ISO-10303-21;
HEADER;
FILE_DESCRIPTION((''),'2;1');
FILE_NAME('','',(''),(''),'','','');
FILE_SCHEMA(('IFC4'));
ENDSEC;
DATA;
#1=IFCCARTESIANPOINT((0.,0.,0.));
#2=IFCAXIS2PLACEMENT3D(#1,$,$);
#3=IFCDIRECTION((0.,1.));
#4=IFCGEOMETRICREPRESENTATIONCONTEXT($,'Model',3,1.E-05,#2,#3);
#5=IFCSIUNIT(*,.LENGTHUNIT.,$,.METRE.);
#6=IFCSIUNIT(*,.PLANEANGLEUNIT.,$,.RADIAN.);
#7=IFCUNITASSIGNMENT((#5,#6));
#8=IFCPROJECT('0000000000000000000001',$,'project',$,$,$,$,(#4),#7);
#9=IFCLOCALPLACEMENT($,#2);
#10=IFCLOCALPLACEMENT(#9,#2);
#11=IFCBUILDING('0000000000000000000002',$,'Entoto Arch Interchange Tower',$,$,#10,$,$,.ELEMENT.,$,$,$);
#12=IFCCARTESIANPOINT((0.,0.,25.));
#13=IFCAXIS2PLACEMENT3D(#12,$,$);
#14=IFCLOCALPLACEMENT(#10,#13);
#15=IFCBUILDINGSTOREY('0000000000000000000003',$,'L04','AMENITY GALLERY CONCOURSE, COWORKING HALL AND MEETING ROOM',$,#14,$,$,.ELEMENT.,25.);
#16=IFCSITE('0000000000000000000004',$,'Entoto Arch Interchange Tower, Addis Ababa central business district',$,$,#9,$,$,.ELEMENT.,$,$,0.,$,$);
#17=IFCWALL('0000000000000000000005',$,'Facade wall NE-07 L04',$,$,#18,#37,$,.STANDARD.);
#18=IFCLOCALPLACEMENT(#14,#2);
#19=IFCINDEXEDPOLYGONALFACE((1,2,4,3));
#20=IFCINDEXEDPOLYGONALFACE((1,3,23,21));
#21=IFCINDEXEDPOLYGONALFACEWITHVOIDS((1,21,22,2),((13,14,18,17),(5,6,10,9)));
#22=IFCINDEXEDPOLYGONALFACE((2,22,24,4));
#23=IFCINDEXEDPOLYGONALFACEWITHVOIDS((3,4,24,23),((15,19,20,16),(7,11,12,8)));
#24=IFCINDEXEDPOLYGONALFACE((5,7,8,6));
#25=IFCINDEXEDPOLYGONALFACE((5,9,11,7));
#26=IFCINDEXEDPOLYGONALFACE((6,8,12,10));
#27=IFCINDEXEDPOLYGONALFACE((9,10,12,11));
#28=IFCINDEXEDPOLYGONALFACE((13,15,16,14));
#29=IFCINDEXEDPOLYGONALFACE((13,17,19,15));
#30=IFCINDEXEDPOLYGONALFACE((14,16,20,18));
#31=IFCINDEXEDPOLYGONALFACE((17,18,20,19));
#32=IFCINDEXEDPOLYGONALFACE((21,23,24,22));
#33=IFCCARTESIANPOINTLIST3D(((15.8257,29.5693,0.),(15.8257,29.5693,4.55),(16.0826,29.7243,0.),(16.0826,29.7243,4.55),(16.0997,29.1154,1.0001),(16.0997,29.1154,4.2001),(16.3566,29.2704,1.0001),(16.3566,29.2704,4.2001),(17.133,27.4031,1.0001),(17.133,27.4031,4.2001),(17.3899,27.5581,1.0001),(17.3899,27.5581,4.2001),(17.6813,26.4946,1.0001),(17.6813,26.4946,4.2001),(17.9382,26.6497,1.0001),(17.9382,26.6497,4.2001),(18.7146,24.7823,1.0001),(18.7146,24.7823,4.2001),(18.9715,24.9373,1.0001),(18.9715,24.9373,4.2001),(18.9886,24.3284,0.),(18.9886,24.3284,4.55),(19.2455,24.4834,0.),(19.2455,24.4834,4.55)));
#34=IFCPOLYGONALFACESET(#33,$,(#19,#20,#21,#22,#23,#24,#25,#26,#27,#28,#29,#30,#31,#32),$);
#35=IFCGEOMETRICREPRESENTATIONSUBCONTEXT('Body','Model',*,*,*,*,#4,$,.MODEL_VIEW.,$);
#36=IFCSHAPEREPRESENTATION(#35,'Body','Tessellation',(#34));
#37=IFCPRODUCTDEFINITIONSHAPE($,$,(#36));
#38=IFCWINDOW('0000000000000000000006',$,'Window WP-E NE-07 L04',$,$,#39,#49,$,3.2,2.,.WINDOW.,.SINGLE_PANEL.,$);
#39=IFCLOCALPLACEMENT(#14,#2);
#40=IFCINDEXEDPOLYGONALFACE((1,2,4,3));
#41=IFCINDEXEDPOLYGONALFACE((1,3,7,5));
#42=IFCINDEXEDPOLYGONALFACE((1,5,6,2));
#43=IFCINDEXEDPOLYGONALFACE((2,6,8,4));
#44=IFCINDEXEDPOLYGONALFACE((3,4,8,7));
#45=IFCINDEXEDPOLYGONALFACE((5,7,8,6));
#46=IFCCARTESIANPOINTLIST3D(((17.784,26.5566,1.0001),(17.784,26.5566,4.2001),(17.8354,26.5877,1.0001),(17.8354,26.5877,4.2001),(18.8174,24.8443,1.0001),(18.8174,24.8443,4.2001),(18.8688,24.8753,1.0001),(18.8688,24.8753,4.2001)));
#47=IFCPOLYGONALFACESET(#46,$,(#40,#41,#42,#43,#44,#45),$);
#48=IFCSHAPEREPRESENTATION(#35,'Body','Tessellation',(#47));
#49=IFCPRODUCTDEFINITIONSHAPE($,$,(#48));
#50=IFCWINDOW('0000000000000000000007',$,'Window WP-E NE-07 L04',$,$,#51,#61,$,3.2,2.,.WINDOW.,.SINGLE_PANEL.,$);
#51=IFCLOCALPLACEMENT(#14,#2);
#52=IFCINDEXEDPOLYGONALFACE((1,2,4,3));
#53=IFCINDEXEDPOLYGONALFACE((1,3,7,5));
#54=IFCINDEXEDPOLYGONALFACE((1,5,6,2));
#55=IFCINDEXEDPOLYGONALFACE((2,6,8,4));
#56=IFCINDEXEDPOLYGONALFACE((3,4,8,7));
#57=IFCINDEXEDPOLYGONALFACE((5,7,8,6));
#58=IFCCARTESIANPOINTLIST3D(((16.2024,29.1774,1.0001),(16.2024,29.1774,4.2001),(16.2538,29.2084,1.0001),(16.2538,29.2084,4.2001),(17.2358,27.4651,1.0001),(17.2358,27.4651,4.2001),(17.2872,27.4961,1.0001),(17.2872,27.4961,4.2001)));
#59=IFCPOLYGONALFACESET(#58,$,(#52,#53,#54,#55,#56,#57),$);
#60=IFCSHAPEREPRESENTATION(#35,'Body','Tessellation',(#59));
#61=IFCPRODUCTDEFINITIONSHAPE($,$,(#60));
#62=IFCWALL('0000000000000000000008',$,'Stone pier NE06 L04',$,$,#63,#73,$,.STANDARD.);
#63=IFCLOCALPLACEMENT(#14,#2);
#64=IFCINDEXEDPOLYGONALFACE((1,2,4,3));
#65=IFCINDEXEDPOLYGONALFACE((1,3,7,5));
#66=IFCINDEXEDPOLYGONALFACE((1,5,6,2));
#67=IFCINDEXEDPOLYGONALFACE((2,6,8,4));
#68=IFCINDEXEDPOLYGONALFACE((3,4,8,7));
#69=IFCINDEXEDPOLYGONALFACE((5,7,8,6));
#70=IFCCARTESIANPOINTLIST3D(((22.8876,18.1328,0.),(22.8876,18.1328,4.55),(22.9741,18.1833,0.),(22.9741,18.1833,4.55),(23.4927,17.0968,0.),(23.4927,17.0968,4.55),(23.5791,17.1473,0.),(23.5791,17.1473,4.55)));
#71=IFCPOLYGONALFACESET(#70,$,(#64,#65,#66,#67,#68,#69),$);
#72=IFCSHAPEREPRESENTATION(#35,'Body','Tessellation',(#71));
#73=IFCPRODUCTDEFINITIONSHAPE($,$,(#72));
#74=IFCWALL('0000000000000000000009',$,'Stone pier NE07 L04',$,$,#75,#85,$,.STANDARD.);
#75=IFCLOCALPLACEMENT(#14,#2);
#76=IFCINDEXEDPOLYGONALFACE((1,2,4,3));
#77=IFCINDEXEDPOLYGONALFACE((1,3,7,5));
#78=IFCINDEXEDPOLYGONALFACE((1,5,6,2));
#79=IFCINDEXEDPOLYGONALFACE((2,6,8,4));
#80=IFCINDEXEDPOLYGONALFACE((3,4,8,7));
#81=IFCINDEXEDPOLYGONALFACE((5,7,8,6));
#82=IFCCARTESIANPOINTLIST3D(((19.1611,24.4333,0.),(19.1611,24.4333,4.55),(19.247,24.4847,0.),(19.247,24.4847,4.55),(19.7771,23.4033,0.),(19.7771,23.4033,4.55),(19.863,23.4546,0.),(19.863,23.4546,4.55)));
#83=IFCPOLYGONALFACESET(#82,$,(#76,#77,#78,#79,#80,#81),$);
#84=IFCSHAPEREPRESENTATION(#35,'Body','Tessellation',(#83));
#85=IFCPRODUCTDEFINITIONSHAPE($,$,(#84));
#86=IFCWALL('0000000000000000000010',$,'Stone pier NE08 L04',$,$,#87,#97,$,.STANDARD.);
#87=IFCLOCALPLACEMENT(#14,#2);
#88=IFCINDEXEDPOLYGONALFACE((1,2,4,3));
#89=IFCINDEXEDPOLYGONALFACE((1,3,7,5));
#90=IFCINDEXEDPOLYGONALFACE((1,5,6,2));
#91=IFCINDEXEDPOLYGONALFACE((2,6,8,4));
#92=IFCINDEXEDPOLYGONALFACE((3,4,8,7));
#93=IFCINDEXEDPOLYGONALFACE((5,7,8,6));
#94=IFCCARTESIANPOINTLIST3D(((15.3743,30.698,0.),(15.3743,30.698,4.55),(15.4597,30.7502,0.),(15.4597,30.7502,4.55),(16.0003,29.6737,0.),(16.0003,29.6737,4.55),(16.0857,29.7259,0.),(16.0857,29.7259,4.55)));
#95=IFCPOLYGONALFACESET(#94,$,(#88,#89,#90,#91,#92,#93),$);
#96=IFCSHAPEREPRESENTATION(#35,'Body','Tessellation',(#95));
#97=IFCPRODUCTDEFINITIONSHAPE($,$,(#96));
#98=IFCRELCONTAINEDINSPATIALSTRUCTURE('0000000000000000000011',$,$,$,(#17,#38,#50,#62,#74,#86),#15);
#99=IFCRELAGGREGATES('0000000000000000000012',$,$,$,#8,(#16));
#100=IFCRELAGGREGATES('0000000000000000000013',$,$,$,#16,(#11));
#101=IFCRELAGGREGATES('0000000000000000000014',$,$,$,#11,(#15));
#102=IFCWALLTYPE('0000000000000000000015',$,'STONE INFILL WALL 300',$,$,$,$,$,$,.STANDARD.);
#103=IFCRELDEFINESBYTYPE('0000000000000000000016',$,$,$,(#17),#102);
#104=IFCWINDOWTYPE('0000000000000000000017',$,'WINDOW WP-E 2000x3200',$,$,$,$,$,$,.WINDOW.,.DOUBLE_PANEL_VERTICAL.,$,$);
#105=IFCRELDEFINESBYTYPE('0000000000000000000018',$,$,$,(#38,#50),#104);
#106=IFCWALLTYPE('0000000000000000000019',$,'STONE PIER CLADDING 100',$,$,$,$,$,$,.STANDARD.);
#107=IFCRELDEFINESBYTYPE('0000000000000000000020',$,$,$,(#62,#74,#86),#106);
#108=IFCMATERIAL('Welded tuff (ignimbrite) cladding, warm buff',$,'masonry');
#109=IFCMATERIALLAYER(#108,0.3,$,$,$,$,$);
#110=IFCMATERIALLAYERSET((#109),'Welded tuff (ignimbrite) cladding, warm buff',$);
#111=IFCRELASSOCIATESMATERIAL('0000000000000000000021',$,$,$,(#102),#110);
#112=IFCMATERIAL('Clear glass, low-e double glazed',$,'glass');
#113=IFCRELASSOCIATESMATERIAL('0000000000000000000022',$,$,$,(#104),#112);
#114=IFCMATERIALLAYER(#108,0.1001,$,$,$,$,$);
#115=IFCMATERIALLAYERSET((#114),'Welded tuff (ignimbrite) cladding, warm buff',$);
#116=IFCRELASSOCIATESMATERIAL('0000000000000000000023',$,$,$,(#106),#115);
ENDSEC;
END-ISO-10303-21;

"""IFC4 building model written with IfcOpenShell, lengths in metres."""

from ifc_helpers import new_model, si_unit, direction, frame, frame_2d, origin, place, context, subcontext, project, spatial, rectangle, extrude, material, layer, layer_set, type_object, element, fill, save


model = new_model("IFC4")

# Units and contexts
model_context = context("Model", 3, precision=1e-05, world=origin(), true_north=direction((0.0, 1.0)))
body_context = subcontext(model_context, "Body", "Model", "MODEL_VIEW")
ifc_project = project(units=[si_unit("LENGTHUNIT", "METRE"), si_unit("PLANEANGLEUNIT", "RADIAN")], contexts=[model_context])

# Site, building, storey
site_placement = place(None, origin())
site = spatial("IfcSite", under=ifc_project, at=site_placement, Name="Entoto Arch Interchange Tower, Addis Ababa central business district", CompositionType="ELEMENT", RefElevation=0.0)
building_placement = place(site_placement, origin())
building = spatial("IfcBuilding", under=site, at=building_placement, Name="Entoto Arch Interchange Tower", CompositionType="ELEMENT")
storey_placement = place(building_placement, frame((0.0, 0.0, 25.0)))
storey = spatial("IfcBuildingStorey", under=building, at=storey_placement, Name="L04", Description="AMENITY GALLERY CONCOURSE, COWORKING HALL AND MEETING ROOM", CompositionType="ELEMENT", Elevation=25.0)

# Wall, openings, windows
ifc_material_1 = material(Name="Welded tuff (ignimbrite) cladding, warm buff", Category="masonry")
ifc_layer_1 = layer(ifc_material_1, 0.3)
ifc_layer_set_1 = layer_set([ifc_layer_1], Name="Welded tuff (ignimbrite) cladding, warm buff")
wall_type_1 = type_object("IfcWallType", Name="STONE INFILL WALL 300", PredefinedType="STANDARD", material=ifc_layer_set_1)
ifc_material_2 = material(Name="Clear glass, low-e double glazed", Category="glass")
window_type = type_object("IfcWindowType", Name="WINDOW WP-E 2000x3200", PartitioningType="DOUBLE_PANEL_VERTICAL", PredefinedType="WINDOW", material=ifc_material_2)
wall_1_placement = place(storey_placement, frame((19.1169, 24.406, 0.0), z_axis=(0.0, 0.0, 1.0), x_axis=(-0.516688, 0.856174, 0.0)))
wall_1 = element("IfcWall", 1, at=wall_1_placement, inside=storey, type_object=wall_type_1, Name="Facade wall NE-07 L04", PredefinedType="STANDARD", context=body_context, shape_type="SweptSolid", body=[
    extrude(rectangle(XDim=6.1213, YDim=0.3, at=frame_2d((3.0605, 0.0))), origin(), (0.0, 0.0, 1.0), 4.55),
])
opening_1_placement = place(wall_1_placement, frame((0.53, 0.0, 1.0)))
opening_1 = element("IfcOpeningElement", 2, at=opening_1_placement, cuts=wall_1, PredefinedType="OPENING", context=body_context, shape_type="SweptSolid", body=[
    extrude(rectangle(XDim=2.0, YDim=3.2, at=frame_2d((1.0, 1.6001))), frame((0.0, 0.1602, 0.0), z_axis=(0.0, -1.0, 0.0), x_axis=(1.0, 0.0, 0.0)), (0.0, 0.0, 1.0), 0.3201),
])
opening_2_placement = place(wall_1_placement, frame((3.5911, 0.0, 1.0)))
opening_2 = element("IfcOpeningElement", 3, at=opening_2_placement, cuts=wall_1, PredefinedType="OPENING", context=body_context, shape_type="SweptSolid", body=[
    extrude(rectangle(XDim=2.0, YDim=3.2, at=frame_2d((1.0, 1.6001))), frame((0.0, 0.1602, 0.0), z_axis=(0.0, -1.0, 0.0), x_axis=(1.0, 0.0, 0.0)), (0.0, 0.0, 1.0), 0.3201),
])
window_1_placement = place(opening_1_placement, origin())
window_1 = element("IfcWindow", 4, at=window_1_placement, inside=storey, type_object=window_type, Name="Window WP-E NE-07 L04", OverallHeight=3.2, OverallWidth=2.0, PartitioningType="SINGLE_PANEL", PredefinedType="WINDOW", context=body_context, shape_type="SweptSolid", body=[
    extrude(rectangle(XDim=2.0, YDim=3.2, at=frame_2d((1.0, 1.6001))), frame((0.0, 0.03, 0.0), z_axis=(0.0, -1.0, 0.0), x_axis=(1.0, 0.0, 0.0)), (0.0, 0.0, 1.0), 0.0601),
])
fill(opening_1, window_1)
window_2_placement = place(opening_2_placement, origin())
window_2 = element("IfcWindow", 5, at=window_2_placement, inside=storey, type_object=window_type, Name="Window WP-E NE-07 L04", OverallHeight=3.2, OverallWidth=2.0, PartitioningType="SINGLE_PANEL", PredefinedType="WINDOW", context=body_context, shape_type="SweptSolid", body=[
    extrude(rectangle(XDim=2.0, YDim=3.2, at=frame_2d((1.0, 1.6001))), frame((0.0, 0.03, 0.0), z_axis=(0.0, -1.0, 0.0), x_axis=(1.0, 0.0, 0.0)), (0.0, 0.0, 1.0), 0.0601),
])
fill(opening_2, window_2)

# Walls
ifc_layer_2 = layer(ifc_material_1, 0.1001)
ifc_layer_set_2 = layer_set([ifc_layer_2], Name="Welded tuff (ignimbrite) cladding, warm buff")
wall_type_2 = type_object("IfcWallType", Name="STONE PIER CLADDING 100", PredefinedType="STANDARD", material=ifc_layer_set_2)
wall_2_placement = place(storey_placement, frame((23.5359, 17.1221, 0.0), z_axis=(0.0, 0.0, 1.0), x_axis=(-0.504314, 0.86352, 0.0)))
element("IfcWall", 6, at=wall_2_placement, inside=storey, type_object=wall_type_2, Name="Stone pier NE06 L04", PredefinedType="STANDARD", context=body_context, shape_type="SweptSolid", body=[
    extrude(rectangle(XDim=1.1997, YDim=0.1001, at=frame_2d((0.5999, 0.0))), origin(), (0.0, 0.0, 1.0), 4.55),
])
wall_3_placement = place(storey_placement, frame((19.8201, 23.429, 0.0), z_axis=(0.0, 0.0, 1.0), x_axis=(-0.513239, 0.858246, 0.0)))
element("IfcWall", 7, at=wall_3_placement, inside=storey, type_object=wall_type_2, Name="Stone pier NE07 L04", PredefinedType="STANDARD", context=body_context, shape_type="SweptSolid", body=[
    extrude(rectangle(XDim=1.2002, YDim=0.1001, at=frame_2d((0.6001, 0.0))), origin(), (0.0, 0.0, 1.0), 4.55),
])
wall_4_placement = place(storey_placement, frame((16.043, 29.7, 0.0), z_axis=(0.0, 0.0, 1.0), x_axis=(-0.521508, 0.853247, 0.0)))
element("IfcWall", 8, at=wall_4_placement, inside=storey, type_object=wall_type_2, Name="Stone pier NE08 L04", PredefinedType="STANDARD", context=body_context, shape_type="SweptSolid", body=[
    extrude(rectangle(XDim=1.2004, YDim=0.1001, at=frame_2d((0.6001, 0.0))), origin(), (0.0, 0.0, 1.0), 4.55),
])

save(model, "model.ifc")
